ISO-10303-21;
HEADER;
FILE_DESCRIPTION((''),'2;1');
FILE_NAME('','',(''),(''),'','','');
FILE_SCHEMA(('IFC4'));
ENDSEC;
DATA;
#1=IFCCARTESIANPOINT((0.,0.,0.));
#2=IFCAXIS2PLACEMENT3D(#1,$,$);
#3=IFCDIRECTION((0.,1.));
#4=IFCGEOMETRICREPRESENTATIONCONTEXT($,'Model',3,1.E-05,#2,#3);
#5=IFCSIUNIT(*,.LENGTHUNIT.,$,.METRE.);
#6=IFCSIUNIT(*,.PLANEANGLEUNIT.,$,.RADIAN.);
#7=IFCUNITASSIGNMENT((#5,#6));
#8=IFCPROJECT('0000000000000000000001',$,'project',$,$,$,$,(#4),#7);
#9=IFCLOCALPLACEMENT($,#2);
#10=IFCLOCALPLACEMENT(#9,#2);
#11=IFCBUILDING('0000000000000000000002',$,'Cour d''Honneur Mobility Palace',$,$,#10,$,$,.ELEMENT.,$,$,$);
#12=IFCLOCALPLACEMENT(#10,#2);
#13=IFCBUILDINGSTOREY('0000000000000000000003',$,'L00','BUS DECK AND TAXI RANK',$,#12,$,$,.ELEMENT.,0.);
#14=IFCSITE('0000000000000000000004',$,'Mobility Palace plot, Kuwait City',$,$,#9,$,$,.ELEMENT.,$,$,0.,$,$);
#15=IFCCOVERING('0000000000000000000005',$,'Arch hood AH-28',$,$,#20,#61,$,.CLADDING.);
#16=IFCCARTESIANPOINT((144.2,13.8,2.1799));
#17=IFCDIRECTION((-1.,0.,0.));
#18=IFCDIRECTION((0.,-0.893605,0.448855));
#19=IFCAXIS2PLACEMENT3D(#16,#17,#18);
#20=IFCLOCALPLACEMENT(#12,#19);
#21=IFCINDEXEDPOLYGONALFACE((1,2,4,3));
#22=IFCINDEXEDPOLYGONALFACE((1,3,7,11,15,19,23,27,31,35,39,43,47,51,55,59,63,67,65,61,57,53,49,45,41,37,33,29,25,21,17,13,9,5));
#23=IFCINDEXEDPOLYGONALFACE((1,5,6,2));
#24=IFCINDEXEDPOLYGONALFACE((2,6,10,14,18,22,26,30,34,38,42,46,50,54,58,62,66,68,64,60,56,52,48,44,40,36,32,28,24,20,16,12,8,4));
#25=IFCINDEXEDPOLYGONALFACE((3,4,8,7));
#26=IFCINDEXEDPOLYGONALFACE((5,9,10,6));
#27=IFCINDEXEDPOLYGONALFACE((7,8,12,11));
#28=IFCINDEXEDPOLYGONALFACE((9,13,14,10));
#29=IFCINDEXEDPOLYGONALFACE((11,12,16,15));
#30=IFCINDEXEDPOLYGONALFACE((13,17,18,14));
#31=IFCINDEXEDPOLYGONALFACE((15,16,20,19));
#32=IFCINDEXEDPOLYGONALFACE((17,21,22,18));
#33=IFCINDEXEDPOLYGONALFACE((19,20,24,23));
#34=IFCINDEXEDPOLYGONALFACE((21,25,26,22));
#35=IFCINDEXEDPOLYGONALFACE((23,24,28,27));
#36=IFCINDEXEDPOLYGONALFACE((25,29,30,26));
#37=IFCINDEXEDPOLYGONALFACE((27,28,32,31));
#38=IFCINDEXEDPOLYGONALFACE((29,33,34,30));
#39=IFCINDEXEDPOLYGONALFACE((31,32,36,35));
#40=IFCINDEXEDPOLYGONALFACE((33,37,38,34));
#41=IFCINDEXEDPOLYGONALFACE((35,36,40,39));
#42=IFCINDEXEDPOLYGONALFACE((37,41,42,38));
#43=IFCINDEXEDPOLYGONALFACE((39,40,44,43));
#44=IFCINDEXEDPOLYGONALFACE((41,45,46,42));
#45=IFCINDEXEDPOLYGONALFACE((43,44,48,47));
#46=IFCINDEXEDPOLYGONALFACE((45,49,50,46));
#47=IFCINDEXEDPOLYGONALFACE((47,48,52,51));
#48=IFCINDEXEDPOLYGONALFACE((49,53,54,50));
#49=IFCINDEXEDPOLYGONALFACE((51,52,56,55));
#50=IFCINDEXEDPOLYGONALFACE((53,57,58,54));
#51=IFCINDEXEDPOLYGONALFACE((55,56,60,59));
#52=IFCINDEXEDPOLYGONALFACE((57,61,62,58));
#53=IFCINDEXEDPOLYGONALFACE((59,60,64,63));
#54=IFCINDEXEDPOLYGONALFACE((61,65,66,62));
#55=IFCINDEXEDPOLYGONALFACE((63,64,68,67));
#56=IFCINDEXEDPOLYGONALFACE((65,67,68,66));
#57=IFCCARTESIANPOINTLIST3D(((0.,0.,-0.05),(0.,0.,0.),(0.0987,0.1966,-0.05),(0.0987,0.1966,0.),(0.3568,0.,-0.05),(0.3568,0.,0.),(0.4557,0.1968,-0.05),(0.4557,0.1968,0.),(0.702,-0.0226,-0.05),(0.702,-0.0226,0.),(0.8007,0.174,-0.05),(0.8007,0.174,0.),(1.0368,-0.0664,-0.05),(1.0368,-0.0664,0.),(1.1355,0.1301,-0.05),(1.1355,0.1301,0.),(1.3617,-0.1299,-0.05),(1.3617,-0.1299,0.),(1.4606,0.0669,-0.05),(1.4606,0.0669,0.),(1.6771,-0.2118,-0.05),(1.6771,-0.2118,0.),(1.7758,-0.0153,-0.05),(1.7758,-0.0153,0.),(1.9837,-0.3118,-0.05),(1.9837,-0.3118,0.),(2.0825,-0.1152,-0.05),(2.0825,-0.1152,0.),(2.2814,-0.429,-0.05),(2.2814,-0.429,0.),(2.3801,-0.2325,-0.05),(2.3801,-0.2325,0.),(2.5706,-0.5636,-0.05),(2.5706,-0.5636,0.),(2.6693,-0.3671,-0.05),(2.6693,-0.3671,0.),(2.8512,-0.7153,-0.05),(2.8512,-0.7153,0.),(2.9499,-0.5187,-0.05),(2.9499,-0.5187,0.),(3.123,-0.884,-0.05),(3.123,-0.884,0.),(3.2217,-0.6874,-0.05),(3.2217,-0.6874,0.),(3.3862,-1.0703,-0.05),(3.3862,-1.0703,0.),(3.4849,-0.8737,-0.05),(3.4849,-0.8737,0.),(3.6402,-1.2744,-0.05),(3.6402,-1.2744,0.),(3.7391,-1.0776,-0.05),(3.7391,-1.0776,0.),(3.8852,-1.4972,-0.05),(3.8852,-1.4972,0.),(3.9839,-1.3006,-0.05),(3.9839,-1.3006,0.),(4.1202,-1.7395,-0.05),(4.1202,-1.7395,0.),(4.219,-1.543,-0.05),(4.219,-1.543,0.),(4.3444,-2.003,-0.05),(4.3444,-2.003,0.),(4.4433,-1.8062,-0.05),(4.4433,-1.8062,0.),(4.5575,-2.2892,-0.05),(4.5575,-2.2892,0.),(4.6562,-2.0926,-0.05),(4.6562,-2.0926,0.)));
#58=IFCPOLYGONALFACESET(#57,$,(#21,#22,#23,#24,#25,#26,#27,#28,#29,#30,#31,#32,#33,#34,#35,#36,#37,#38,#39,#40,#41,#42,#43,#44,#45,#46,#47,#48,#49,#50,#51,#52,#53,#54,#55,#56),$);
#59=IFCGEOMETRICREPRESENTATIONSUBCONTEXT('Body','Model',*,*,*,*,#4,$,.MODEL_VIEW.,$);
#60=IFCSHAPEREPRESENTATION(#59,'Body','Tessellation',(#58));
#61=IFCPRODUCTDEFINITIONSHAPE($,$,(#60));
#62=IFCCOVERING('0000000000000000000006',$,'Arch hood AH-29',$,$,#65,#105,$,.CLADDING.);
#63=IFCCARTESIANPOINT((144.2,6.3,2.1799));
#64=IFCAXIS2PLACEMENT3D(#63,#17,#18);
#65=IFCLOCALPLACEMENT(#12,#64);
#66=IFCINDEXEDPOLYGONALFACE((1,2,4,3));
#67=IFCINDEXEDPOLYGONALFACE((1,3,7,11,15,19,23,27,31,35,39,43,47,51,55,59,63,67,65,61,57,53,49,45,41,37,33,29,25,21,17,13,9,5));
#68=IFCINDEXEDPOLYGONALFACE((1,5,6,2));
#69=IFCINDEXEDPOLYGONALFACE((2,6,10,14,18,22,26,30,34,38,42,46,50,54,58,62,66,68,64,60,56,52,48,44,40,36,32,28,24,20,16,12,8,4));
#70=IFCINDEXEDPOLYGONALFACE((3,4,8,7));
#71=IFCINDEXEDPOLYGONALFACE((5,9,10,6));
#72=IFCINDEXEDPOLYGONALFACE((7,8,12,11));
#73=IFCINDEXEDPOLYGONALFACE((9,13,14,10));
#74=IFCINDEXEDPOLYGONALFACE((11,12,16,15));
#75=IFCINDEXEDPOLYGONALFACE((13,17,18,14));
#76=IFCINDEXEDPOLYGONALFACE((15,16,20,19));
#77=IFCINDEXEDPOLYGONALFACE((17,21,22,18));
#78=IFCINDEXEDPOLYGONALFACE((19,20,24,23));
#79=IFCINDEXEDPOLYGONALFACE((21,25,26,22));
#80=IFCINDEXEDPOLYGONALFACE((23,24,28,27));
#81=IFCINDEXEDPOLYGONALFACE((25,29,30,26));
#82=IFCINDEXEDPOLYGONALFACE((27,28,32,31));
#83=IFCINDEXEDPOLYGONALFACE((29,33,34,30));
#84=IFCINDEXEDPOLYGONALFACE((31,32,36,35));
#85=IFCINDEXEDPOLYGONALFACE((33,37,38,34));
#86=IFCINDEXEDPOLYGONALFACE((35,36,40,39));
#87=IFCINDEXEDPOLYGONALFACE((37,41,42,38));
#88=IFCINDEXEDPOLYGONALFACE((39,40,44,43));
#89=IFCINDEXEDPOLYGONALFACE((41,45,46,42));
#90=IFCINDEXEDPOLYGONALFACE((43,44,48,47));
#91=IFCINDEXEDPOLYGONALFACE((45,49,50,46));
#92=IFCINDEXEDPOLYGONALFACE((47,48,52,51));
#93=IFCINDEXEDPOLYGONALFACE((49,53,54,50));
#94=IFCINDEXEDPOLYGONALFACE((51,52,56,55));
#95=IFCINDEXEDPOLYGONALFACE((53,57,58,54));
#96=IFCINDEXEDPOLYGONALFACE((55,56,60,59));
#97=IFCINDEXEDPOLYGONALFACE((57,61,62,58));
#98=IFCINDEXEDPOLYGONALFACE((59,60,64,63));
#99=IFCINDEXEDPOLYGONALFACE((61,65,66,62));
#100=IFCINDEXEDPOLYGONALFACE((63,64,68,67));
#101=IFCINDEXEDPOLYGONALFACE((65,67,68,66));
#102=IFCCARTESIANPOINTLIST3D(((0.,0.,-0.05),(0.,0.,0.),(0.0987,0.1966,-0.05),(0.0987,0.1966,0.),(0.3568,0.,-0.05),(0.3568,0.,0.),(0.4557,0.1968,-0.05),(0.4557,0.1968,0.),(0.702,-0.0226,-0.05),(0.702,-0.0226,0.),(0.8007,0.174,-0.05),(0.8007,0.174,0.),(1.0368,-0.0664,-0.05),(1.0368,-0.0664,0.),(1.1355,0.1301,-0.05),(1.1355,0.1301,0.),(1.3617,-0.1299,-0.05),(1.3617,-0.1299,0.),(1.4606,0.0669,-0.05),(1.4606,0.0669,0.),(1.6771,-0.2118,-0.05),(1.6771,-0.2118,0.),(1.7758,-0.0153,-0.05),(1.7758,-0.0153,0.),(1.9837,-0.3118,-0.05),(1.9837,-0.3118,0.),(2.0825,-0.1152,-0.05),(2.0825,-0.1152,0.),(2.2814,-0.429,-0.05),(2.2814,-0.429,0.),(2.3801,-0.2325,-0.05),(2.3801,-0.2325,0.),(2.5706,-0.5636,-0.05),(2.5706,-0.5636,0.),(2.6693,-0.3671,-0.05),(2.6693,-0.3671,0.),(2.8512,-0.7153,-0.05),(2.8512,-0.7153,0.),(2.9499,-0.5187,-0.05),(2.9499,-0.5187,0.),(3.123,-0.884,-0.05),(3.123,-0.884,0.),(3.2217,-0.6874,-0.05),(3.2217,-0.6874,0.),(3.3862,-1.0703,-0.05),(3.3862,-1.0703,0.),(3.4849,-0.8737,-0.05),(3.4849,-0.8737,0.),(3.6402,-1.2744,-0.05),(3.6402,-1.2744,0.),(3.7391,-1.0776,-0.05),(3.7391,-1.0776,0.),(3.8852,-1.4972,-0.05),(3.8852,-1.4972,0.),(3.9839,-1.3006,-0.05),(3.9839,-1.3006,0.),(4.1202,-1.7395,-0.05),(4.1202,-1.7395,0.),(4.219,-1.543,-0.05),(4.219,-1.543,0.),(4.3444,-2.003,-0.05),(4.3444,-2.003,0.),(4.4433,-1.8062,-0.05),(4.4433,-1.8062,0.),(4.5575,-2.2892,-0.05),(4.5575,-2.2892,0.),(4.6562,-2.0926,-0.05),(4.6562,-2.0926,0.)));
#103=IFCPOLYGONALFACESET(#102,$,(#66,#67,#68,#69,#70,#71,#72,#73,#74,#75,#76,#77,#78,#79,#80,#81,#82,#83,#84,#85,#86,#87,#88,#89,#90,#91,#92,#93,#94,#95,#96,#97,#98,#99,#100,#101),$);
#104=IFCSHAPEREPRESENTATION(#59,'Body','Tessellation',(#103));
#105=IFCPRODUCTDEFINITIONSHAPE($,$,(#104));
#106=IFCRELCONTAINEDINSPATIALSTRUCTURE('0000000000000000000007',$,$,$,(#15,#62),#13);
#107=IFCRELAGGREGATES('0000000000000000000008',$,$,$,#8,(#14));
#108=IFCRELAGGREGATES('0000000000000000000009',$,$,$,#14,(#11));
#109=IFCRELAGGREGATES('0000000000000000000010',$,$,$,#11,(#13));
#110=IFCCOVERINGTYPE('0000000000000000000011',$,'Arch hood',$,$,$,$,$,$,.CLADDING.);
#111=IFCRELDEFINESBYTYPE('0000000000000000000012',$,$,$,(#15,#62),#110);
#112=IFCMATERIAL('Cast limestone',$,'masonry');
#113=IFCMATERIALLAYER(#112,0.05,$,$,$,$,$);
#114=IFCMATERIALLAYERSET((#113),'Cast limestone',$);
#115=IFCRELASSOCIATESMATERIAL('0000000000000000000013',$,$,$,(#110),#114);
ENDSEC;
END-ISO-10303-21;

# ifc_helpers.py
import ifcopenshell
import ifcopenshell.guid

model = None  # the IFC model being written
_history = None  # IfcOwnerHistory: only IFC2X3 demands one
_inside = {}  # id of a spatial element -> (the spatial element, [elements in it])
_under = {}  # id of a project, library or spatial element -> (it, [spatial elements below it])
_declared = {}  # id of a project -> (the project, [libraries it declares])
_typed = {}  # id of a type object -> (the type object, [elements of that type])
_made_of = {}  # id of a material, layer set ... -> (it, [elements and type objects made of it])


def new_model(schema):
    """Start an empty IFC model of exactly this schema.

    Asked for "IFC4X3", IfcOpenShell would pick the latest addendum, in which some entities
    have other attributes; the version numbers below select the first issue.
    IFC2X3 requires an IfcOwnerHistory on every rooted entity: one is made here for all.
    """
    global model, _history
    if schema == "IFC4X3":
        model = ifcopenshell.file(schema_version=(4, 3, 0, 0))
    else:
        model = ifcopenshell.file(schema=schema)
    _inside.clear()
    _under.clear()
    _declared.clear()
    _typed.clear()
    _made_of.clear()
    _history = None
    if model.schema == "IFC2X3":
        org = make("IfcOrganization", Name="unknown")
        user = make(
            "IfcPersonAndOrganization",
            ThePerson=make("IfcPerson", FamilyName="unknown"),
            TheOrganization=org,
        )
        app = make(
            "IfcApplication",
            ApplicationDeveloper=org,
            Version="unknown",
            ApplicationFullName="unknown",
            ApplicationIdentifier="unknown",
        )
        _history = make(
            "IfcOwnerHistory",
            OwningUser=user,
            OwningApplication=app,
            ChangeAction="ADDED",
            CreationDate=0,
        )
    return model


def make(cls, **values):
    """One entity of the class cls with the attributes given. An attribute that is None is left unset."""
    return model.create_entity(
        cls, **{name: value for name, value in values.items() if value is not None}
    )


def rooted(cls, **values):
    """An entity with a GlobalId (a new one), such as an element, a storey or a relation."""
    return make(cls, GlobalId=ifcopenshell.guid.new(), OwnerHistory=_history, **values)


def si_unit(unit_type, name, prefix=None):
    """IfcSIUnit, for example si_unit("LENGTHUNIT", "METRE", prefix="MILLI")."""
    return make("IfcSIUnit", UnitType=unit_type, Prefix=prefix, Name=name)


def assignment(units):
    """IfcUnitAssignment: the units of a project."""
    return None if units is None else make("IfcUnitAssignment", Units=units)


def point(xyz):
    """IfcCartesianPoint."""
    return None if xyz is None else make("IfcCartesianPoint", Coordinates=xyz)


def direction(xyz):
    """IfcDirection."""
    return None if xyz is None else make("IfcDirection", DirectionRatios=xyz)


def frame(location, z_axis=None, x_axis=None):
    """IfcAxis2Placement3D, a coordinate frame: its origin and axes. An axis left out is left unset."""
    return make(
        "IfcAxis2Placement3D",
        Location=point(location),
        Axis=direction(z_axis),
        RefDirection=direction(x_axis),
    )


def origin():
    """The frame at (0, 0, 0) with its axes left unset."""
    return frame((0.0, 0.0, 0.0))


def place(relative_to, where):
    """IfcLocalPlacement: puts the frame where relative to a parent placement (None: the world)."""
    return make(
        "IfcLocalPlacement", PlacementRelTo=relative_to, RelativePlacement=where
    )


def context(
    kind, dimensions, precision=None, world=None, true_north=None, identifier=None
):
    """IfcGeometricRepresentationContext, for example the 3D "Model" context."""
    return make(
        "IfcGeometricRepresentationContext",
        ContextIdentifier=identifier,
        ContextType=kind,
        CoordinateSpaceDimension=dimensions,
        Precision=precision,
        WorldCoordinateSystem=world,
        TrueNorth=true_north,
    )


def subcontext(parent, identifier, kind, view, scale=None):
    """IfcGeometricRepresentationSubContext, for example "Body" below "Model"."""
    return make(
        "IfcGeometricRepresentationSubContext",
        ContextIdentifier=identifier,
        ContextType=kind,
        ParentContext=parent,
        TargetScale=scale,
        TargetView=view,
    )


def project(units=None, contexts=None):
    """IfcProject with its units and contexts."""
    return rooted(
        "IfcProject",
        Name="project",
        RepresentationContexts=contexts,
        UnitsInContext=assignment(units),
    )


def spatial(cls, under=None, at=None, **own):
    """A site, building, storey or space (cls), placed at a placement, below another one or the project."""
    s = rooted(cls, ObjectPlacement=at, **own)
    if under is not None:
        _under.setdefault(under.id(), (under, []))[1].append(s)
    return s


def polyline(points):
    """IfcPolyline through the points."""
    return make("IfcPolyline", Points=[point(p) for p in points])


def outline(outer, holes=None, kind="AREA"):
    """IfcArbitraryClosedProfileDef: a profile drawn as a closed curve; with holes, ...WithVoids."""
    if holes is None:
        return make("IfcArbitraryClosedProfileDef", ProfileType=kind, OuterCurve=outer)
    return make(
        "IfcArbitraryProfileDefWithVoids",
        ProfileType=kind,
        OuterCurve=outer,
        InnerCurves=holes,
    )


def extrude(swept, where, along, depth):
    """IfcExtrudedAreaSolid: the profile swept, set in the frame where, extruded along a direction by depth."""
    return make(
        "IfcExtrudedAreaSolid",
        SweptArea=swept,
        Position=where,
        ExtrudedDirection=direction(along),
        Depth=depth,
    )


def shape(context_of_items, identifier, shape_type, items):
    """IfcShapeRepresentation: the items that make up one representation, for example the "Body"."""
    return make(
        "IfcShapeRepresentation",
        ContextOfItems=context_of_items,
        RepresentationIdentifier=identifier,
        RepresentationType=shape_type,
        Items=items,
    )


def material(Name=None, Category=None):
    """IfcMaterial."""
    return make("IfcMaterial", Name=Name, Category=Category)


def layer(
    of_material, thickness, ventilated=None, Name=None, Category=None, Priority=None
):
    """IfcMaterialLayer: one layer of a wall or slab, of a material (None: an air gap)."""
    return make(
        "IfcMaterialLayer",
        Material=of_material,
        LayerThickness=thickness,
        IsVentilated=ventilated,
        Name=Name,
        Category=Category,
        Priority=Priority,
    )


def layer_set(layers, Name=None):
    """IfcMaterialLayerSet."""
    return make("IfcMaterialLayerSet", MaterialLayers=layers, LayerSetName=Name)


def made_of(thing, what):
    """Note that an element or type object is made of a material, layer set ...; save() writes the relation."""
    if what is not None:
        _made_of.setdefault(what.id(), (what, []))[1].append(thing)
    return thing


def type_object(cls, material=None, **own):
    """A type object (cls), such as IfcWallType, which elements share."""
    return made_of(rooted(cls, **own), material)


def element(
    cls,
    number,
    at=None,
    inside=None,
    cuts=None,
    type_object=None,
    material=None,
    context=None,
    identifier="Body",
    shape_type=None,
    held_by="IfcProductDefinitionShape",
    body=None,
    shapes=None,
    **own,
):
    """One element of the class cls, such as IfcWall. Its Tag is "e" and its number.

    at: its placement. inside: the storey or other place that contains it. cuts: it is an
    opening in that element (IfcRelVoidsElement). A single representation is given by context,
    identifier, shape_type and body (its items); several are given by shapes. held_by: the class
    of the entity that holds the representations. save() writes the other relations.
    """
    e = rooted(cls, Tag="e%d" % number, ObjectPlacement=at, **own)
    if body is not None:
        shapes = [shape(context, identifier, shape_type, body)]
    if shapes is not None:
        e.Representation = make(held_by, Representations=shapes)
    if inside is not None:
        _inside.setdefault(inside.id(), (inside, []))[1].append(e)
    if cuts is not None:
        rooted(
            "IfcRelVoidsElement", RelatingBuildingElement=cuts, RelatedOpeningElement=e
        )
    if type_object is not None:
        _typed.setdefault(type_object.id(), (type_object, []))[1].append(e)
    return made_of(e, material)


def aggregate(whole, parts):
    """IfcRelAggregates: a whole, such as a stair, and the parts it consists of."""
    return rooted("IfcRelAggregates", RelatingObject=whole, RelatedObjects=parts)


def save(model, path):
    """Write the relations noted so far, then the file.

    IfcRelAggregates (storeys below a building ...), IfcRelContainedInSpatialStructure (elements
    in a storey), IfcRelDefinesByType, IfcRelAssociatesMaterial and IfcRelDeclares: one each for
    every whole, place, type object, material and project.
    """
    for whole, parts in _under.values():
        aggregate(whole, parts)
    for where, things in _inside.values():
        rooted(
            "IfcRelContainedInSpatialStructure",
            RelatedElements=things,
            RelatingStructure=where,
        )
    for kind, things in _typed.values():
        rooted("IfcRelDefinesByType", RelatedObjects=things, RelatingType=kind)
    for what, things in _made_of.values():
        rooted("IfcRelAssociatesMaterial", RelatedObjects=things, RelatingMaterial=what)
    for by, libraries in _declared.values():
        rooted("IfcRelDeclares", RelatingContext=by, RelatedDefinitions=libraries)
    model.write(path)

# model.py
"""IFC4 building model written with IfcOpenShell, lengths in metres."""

from ifc_helpers import new_model, si_unit, direction, frame, origin, place, context, subcontext, project, spatial, polyline, outline, extrude, material, layer, layer_set, type_object, element, save


model = new_model("IFC4")

# Units and contexts
model_context = context("Model", 3, precision=1e-05, world=origin(), true_north=direction((0.0, 1.0)))
body_context = subcontext(model_context, "Body", "Model", "MODEL_VIEW")
ifc_project = project(units=[si_unit("LENGTHUNIT", "METRE"), si_unit("PLANEANGLEUNIT", "RADIAN")], contexts=[model_context])

# Site, building, storey
site_placement = place(None, origin())
site = spatial("IfcSite", under=ifc_project, at=site_placement, Name="Mobility Palace plot, Kuwait City", CompositionType="ELEMENT", RefElevation=0.0)
building_placement = place(site_placement, origin())
building = spatial("IfcBuilding", under=site, at=building_placement, Name="Cour d'Honneur Mobility Palace", CompositionType="ELEMENT")
storey_placement = place(building_placement, origin())
storey = spatial("IfcBuildingStorey", under=building, at=storey_placement, Name="L00", Description="BUS DECK AND TAXI RANK", CompositionType="ELEMENT", Elevation=0.0)

# Coverings
ifc_material_1 = material(Name="Cast limestone", Category="masonry")
ifc_layer_1 = layer(ifc_material_1, 0.05)
ifc_layer_set_1 = layer_set([ifc_layer_1], Name="Cast limestone")
covering_type_1 = type_object("IfcCoveringType", Name="Arch hood", PredefinedType="CLADDING", material=ifc_layer_set_1)
for number, where, z_axis, x_axis, name in (
    (1, (144.2, 13.8, 2.1799), (-1.0, 0.0, 0.0), (0.0, -0.893605, 0.448855), "Arch hood AH-28"),
    (2, (144.2, 6.3, 2.1799), (-1.0, 0.0, 0.0), (0.0, -0.893605, 0.448855), "Arch hood AH-29"),
):
    element("IfcCovering", number, at=place(storey_placement, frame(where, z_axis=z_axis, x_axis=x_axis)), inside=storey, type_object=covering_type_1, Name=name, PredefinedType="CLADDING", context=body_context, shape_type="SweptSolid", body=[
        extrude(outline(polyline([(0.0, 0.0), (0.3568, 0.0), (0.702, -0.0226), (1.0368, -0.0664), (1.3617, -0.1299), (1.6771, -0.2118), (1.9837, -0.3118), (2.2814, -0.429), (2.5706, -0.5636), (2.8512, -0.7153), (3.123, -0.884), (3.3862, -1.0703), (3.6402, -1.2744), (3.8852, -1.4972), (4.1202, -1.7395), (4.3444, -2.003), (4.5575, -2.2892), (4.6562, -2.0926), (4.4433, -1.8062), (4.219, -1.543), (3.9839, -1.3006), (3.7391, -1.0776), (3.4849, -0.8737), (3.2217, -0.6874), (2.9499, -0.5187), (2.6693, -0.3671), (2.3801, -0.2325), (2.0825, -0.1152), (1.7758, -0.0153), (1.4606, 0.0669), (1.1355, 0.1301), (0.8007, 0.174), (0.4557, 0.1968), (0.0987, 0.1966), (0.0, 0.0)])), origin(), (0.0, 0.0, -1.0), 0.05),
    ])

save(model, "model.ifc")
